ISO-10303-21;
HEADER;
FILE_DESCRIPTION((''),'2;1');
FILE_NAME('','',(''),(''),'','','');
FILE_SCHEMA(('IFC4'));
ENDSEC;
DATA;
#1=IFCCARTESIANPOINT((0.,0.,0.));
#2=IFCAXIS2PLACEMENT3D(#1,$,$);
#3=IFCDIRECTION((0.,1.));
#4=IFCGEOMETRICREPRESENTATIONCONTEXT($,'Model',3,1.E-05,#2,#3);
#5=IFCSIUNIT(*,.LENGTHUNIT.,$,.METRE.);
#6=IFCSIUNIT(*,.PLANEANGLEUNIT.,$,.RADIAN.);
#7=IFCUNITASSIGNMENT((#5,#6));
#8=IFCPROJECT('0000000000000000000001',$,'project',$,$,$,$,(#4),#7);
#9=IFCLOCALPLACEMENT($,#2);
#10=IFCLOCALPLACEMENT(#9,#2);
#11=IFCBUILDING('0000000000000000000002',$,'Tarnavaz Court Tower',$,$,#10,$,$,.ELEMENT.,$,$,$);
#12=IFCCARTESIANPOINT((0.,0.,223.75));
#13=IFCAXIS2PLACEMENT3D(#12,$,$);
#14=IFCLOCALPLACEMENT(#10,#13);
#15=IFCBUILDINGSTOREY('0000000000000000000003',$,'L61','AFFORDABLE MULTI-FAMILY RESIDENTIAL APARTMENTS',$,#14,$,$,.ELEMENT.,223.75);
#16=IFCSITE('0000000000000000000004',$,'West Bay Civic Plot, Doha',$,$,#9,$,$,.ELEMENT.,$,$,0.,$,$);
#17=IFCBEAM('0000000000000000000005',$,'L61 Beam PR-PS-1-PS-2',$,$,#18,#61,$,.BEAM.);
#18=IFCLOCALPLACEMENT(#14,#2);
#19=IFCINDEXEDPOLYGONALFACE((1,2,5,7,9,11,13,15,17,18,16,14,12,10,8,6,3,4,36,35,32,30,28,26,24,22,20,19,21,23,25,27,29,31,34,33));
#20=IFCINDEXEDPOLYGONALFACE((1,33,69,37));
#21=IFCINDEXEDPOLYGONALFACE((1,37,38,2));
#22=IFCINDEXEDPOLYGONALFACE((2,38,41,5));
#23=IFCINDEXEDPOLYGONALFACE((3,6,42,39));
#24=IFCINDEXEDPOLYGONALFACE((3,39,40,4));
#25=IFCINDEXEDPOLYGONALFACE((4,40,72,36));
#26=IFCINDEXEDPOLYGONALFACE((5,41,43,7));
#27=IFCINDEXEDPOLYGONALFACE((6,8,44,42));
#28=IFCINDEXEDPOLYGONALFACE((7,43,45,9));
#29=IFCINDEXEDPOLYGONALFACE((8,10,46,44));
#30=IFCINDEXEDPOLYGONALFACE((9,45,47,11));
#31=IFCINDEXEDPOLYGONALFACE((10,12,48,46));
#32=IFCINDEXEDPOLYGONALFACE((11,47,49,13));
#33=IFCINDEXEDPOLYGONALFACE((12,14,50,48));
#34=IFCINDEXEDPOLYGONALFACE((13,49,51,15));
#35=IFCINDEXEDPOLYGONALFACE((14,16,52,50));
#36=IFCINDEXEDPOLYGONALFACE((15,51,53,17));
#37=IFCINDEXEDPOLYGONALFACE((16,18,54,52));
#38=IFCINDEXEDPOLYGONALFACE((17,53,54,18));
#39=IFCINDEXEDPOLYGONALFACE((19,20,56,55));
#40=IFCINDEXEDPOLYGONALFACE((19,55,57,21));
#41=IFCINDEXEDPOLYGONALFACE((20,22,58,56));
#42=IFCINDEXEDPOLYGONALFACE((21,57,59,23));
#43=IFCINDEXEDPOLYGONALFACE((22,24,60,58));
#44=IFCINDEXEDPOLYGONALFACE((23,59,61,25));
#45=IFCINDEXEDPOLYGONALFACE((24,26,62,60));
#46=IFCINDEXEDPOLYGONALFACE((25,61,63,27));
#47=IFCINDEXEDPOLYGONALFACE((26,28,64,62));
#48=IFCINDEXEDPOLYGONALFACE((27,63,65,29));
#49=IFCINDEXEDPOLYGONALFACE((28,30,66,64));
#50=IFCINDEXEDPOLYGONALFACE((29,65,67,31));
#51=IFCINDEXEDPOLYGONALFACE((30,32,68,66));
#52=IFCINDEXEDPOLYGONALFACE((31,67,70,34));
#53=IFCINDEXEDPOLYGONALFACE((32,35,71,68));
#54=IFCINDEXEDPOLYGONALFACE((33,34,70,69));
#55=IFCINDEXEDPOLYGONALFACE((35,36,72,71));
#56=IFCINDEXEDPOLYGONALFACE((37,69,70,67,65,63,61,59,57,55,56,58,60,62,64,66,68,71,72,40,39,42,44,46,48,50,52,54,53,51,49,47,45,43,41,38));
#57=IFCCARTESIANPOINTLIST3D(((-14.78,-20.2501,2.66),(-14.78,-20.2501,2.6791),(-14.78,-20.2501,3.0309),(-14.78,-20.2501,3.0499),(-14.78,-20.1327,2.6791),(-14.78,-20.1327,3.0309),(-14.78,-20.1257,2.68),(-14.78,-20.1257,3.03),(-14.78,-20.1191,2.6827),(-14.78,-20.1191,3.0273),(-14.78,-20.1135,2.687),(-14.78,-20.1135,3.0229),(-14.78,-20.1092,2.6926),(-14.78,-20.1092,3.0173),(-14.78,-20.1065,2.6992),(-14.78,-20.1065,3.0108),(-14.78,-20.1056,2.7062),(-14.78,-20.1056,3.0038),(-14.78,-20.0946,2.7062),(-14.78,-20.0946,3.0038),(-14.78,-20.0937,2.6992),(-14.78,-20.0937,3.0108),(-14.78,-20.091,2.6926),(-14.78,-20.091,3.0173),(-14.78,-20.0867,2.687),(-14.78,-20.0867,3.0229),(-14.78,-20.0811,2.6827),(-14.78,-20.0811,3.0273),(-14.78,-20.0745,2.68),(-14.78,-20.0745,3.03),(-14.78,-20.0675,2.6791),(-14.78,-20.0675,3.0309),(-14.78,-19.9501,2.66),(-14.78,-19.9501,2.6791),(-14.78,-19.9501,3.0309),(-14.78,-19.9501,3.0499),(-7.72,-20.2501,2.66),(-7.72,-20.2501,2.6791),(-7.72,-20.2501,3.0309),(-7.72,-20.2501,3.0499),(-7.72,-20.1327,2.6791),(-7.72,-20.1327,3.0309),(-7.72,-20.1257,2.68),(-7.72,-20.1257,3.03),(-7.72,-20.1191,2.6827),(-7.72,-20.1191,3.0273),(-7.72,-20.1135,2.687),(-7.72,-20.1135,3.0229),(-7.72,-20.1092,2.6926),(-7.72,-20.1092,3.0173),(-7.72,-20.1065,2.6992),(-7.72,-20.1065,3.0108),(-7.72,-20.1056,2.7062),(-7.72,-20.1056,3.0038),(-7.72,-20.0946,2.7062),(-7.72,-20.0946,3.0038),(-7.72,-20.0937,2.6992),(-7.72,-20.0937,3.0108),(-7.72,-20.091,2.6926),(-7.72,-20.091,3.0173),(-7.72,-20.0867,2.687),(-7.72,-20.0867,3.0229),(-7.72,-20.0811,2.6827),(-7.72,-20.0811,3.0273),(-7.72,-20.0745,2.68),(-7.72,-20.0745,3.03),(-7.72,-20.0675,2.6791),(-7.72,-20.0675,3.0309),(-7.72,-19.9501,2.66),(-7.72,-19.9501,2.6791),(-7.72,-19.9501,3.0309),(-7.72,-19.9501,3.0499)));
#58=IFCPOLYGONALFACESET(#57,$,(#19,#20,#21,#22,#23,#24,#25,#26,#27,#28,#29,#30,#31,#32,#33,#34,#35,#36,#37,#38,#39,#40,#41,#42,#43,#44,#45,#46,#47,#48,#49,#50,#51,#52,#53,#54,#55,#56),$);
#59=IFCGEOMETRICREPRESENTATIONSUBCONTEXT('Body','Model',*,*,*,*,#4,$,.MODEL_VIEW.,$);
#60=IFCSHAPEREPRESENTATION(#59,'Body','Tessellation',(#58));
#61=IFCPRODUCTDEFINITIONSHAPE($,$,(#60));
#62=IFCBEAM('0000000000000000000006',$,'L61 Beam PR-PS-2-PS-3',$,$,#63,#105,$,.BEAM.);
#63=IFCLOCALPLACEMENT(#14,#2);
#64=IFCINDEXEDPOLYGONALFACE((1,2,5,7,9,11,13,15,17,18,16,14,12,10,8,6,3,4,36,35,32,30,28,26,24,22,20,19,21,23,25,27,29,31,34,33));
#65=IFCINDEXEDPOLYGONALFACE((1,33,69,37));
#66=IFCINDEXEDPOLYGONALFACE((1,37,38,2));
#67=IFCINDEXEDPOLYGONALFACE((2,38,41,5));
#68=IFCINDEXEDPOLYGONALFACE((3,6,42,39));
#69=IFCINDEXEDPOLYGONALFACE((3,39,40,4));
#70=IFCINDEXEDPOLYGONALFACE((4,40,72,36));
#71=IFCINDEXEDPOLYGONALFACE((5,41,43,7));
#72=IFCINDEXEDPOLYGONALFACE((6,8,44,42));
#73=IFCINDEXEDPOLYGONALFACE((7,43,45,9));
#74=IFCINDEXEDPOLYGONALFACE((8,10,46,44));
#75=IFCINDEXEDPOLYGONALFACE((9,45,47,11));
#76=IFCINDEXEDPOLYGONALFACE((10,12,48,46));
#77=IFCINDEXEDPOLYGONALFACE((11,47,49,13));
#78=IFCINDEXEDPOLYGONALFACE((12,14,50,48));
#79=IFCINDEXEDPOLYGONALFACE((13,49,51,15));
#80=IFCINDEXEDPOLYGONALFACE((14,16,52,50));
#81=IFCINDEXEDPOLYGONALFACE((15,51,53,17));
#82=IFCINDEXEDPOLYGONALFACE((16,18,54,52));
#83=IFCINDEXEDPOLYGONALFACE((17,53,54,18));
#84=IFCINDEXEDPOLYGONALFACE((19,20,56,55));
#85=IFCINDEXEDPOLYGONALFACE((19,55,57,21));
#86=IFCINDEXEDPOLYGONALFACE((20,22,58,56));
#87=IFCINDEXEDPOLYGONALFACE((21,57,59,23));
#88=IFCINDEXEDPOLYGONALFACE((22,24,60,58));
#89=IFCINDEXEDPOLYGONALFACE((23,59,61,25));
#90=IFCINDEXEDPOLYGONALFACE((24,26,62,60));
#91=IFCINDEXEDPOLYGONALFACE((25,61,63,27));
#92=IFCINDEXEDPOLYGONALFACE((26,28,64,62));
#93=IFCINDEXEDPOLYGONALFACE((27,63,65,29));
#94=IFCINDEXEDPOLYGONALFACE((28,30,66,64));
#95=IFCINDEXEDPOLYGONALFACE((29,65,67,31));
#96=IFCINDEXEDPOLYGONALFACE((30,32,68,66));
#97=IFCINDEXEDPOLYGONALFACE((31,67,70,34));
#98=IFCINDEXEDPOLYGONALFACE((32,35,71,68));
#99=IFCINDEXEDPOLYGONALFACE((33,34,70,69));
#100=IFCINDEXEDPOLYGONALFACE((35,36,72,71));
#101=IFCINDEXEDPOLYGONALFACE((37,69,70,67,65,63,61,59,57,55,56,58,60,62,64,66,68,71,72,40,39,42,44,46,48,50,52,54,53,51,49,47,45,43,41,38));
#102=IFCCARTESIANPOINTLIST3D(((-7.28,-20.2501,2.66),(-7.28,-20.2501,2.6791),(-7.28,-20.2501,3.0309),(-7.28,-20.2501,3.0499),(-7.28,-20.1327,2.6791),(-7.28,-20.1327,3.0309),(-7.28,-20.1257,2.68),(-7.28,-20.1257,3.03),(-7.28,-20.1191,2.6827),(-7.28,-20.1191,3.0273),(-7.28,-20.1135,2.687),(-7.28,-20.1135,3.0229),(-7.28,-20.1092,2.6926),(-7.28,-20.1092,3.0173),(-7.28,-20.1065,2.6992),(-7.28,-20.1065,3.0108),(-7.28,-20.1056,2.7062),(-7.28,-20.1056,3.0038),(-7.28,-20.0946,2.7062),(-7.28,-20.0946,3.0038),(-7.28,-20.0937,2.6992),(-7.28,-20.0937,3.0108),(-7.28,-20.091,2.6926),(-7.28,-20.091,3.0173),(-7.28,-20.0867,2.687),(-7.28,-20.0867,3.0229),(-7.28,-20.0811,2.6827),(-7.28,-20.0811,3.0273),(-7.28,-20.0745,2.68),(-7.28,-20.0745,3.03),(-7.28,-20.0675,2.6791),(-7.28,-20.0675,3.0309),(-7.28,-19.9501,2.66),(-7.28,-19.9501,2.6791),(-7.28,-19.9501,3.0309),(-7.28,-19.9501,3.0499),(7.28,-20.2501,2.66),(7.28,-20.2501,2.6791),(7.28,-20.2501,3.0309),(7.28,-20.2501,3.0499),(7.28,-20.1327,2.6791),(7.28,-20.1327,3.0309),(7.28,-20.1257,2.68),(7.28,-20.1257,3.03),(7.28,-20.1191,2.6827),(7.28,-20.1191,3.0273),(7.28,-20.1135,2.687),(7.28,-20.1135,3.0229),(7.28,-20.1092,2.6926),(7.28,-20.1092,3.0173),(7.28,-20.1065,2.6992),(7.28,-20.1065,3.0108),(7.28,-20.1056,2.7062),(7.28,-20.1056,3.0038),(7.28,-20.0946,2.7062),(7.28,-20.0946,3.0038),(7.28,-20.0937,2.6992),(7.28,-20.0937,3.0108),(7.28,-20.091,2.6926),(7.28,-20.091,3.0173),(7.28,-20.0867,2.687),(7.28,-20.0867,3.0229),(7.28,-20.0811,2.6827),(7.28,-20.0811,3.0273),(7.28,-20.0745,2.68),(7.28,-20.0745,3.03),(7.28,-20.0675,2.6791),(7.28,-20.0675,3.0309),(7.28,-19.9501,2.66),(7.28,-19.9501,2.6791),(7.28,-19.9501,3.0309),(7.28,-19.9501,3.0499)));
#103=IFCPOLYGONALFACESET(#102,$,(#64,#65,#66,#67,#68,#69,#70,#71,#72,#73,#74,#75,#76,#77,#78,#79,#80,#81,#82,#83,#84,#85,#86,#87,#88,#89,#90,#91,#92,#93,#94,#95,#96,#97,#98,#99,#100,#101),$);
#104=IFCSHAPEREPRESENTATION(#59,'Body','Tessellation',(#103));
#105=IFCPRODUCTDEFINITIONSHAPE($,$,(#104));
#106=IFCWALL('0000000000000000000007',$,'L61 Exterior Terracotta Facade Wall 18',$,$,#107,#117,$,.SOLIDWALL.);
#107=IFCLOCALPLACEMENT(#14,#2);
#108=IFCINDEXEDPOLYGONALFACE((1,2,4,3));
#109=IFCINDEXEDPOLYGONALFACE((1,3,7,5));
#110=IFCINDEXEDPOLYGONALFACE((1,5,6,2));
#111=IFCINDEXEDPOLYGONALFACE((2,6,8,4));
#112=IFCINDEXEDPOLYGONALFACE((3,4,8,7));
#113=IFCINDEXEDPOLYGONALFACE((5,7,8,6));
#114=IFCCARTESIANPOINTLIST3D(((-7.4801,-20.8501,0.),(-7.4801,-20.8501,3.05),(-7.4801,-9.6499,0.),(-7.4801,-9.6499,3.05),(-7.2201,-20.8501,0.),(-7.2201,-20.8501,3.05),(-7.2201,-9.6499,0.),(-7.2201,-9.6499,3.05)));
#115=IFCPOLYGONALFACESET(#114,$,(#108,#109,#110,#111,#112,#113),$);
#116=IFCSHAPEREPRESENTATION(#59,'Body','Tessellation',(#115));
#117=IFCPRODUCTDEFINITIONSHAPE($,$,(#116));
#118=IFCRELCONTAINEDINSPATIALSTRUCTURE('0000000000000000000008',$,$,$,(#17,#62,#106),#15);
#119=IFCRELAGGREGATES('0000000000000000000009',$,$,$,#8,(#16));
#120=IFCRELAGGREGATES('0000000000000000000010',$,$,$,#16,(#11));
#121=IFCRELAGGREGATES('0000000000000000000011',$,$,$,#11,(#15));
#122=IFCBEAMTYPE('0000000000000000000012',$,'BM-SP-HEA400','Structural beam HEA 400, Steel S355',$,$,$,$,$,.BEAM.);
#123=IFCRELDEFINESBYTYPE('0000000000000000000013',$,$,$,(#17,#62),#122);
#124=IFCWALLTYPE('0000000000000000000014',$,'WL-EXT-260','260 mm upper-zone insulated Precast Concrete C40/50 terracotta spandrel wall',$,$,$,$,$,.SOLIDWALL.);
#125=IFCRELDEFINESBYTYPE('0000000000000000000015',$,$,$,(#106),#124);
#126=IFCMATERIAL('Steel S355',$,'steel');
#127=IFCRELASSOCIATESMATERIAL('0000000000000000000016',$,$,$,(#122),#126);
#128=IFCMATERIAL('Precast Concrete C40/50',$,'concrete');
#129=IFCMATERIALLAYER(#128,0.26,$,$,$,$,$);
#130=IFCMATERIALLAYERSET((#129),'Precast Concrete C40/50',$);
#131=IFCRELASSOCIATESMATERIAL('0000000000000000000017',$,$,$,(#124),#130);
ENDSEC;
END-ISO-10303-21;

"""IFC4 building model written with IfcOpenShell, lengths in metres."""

from ifc_helpers import new_model, si_unit, direction, frame, frame_2d, origin, origin_2d, place, context, subcontext, project, spatial, rectangle, i_section, extrude, material, layer, layer_set, material_profile, profile_set, type_object, element, save


model = new_model("IFC4")

# Units and contexts
model_context = context("Model", 3, precision=1e-05, world=origin(), true_north=direction((0.0, 1.0)))
body_context = subcontext(model_context, "Body", "Model", "MODEL_VIEW")
ifc_project = project(units=[si_unit("LENGTHUNIT", "METRE"), si_unit("PLANEANGLEUNIT", "RADIAN")], contexts=[model_context])

# Site, building, storey
site_placement = place(None, origin())
site = spatial("IfcSite", under=ifc_project, at=site_placement, Name="West Bay Civic Plot, Doha", CompositionType="ELEMENT", RefElevation=0.0)
building_placement = place(site_placement, origin())
building = spatial("IfcBuilding", under=site, at=building_placement, Name="Tarnavaz Court Tower", CompositionType="ELEMENT")
storey_placement = place(building_placement, frame((0.0, 0.0, 223.75)))
storey = spatial("IfcBuildingStorey", under=building, at=storey_placement, Name="L61", Description="AFFORDABLE MULTI-FAMILY RESIDENTIAL APARTMENTS", CompositionType="ELEMENT", Elevation=223.75)

# Beams
ifc_material_1 = material(Name="Steel S355", Category="steel")
ifc_material_profile_1 = material_profile(ifc_material_1, i_section(OverallWidth=0.3, OverallDepth=0.3899, WebThickness=0.011, FlangeThickness=0.019, FilletRadius=0.0271, at=origin_2d()), Name="HEA 400")
ifc_profile_set_1 = profile_set([ifc_material_profile_1], Name="Steel S355")
beam_type_1 = type_object("IfcBeamType", Name="BM-SP-HEA400", Description="Structural beam HEA 400, Steel S355", PredefinedType="BEAM", material=ifc_profile_set_1)
beam_1_placement = place(storey_placement, frame((-14.78, -20.1001, 2.855), z_axis=(1.0, 0.0, 0.0), x_axis=(0.0, 1.0, 0.0)))
element("IfcBeam", 1, at=beam_1_placement, inside=storey, type_object=beam_type_1, Name="L61 Beam PR-PS-1-PS-2", PredefinedType="BEAM", context=body_context, shape_type="SweptSolid", body=[
    extrude(i_section(OverallWidth=0.3, OverallDepth=0.3899, WebThickness=0.011, FlangeThickness=0.019, FilletRadius=0.0271, at=origin_2d()), origin(), (0.0, 0.0, 1.0), 7.0601),
])
beam_2_placement = place(storey_placement, frame((-7.28, -20.1001, 2.855), z_axis=(1.0, 0.0, 0.0), x_axis=(0.0, 1.0, 0.0)))
element("IfcBeam", 2, at=beam_2_placement, inside=storey, type_object=beam_type_1, Name="L61 Beam PR-PS-2-PS-3", PredefinedType="BEAM", context=body_context, shape_type="SweptSolid", body=[
    extrude(i_section(OverallWidth=0.3, OverallDepth=0.3899, WebThickness=0.011, FlangeThickness=0.019, FilletRadius=0.0271, at=origin_2d()), origin(), (0.0, 0.0, 1.0), 14.5601),
])

# Wall
ifc_material_2 = material(Name="Precast Concrete C40/50", Category="concrete")
ifc_layer_1 = layer(ifc_material_2, 0.26)
ifc_layer_set_1 = layer_set([ifc_layer_1], Name="Precast Concrete C40/50")
wall_type_1 = type_object("IfcWallType", Name="WL-EXT-260", Description="260 mm upper-zone insulated Precast Concrete C40/50 terracotta spandrel wall", PredefinedType="SOLIDWALL", material=ifc_layer_set_1)
wall_1_placement = place(storey_placement, frame((-7.3501, -9.6499, 0.0), z_axis=(0.0, 0.0, 1.0), x_axis=(0.0, -1.0, 0.0)))
element("IfcWall", 3, at=wall_1_placement, inside=storey, type_object=wall_type_1, Name="L61 Exterior Terracotta Facade Wall 18", PredefinedType="SOLIDWALL", context=body_context, shape_type="SweptSolid", body=[
    extrude(rectangle(XDim=11.2002, YDim=0.26, at=frame_2d((5.6001, 0.0))), origin(), (0.0, 0.0, 1.0), 3.05),
])

save(model, "model.ifc")
